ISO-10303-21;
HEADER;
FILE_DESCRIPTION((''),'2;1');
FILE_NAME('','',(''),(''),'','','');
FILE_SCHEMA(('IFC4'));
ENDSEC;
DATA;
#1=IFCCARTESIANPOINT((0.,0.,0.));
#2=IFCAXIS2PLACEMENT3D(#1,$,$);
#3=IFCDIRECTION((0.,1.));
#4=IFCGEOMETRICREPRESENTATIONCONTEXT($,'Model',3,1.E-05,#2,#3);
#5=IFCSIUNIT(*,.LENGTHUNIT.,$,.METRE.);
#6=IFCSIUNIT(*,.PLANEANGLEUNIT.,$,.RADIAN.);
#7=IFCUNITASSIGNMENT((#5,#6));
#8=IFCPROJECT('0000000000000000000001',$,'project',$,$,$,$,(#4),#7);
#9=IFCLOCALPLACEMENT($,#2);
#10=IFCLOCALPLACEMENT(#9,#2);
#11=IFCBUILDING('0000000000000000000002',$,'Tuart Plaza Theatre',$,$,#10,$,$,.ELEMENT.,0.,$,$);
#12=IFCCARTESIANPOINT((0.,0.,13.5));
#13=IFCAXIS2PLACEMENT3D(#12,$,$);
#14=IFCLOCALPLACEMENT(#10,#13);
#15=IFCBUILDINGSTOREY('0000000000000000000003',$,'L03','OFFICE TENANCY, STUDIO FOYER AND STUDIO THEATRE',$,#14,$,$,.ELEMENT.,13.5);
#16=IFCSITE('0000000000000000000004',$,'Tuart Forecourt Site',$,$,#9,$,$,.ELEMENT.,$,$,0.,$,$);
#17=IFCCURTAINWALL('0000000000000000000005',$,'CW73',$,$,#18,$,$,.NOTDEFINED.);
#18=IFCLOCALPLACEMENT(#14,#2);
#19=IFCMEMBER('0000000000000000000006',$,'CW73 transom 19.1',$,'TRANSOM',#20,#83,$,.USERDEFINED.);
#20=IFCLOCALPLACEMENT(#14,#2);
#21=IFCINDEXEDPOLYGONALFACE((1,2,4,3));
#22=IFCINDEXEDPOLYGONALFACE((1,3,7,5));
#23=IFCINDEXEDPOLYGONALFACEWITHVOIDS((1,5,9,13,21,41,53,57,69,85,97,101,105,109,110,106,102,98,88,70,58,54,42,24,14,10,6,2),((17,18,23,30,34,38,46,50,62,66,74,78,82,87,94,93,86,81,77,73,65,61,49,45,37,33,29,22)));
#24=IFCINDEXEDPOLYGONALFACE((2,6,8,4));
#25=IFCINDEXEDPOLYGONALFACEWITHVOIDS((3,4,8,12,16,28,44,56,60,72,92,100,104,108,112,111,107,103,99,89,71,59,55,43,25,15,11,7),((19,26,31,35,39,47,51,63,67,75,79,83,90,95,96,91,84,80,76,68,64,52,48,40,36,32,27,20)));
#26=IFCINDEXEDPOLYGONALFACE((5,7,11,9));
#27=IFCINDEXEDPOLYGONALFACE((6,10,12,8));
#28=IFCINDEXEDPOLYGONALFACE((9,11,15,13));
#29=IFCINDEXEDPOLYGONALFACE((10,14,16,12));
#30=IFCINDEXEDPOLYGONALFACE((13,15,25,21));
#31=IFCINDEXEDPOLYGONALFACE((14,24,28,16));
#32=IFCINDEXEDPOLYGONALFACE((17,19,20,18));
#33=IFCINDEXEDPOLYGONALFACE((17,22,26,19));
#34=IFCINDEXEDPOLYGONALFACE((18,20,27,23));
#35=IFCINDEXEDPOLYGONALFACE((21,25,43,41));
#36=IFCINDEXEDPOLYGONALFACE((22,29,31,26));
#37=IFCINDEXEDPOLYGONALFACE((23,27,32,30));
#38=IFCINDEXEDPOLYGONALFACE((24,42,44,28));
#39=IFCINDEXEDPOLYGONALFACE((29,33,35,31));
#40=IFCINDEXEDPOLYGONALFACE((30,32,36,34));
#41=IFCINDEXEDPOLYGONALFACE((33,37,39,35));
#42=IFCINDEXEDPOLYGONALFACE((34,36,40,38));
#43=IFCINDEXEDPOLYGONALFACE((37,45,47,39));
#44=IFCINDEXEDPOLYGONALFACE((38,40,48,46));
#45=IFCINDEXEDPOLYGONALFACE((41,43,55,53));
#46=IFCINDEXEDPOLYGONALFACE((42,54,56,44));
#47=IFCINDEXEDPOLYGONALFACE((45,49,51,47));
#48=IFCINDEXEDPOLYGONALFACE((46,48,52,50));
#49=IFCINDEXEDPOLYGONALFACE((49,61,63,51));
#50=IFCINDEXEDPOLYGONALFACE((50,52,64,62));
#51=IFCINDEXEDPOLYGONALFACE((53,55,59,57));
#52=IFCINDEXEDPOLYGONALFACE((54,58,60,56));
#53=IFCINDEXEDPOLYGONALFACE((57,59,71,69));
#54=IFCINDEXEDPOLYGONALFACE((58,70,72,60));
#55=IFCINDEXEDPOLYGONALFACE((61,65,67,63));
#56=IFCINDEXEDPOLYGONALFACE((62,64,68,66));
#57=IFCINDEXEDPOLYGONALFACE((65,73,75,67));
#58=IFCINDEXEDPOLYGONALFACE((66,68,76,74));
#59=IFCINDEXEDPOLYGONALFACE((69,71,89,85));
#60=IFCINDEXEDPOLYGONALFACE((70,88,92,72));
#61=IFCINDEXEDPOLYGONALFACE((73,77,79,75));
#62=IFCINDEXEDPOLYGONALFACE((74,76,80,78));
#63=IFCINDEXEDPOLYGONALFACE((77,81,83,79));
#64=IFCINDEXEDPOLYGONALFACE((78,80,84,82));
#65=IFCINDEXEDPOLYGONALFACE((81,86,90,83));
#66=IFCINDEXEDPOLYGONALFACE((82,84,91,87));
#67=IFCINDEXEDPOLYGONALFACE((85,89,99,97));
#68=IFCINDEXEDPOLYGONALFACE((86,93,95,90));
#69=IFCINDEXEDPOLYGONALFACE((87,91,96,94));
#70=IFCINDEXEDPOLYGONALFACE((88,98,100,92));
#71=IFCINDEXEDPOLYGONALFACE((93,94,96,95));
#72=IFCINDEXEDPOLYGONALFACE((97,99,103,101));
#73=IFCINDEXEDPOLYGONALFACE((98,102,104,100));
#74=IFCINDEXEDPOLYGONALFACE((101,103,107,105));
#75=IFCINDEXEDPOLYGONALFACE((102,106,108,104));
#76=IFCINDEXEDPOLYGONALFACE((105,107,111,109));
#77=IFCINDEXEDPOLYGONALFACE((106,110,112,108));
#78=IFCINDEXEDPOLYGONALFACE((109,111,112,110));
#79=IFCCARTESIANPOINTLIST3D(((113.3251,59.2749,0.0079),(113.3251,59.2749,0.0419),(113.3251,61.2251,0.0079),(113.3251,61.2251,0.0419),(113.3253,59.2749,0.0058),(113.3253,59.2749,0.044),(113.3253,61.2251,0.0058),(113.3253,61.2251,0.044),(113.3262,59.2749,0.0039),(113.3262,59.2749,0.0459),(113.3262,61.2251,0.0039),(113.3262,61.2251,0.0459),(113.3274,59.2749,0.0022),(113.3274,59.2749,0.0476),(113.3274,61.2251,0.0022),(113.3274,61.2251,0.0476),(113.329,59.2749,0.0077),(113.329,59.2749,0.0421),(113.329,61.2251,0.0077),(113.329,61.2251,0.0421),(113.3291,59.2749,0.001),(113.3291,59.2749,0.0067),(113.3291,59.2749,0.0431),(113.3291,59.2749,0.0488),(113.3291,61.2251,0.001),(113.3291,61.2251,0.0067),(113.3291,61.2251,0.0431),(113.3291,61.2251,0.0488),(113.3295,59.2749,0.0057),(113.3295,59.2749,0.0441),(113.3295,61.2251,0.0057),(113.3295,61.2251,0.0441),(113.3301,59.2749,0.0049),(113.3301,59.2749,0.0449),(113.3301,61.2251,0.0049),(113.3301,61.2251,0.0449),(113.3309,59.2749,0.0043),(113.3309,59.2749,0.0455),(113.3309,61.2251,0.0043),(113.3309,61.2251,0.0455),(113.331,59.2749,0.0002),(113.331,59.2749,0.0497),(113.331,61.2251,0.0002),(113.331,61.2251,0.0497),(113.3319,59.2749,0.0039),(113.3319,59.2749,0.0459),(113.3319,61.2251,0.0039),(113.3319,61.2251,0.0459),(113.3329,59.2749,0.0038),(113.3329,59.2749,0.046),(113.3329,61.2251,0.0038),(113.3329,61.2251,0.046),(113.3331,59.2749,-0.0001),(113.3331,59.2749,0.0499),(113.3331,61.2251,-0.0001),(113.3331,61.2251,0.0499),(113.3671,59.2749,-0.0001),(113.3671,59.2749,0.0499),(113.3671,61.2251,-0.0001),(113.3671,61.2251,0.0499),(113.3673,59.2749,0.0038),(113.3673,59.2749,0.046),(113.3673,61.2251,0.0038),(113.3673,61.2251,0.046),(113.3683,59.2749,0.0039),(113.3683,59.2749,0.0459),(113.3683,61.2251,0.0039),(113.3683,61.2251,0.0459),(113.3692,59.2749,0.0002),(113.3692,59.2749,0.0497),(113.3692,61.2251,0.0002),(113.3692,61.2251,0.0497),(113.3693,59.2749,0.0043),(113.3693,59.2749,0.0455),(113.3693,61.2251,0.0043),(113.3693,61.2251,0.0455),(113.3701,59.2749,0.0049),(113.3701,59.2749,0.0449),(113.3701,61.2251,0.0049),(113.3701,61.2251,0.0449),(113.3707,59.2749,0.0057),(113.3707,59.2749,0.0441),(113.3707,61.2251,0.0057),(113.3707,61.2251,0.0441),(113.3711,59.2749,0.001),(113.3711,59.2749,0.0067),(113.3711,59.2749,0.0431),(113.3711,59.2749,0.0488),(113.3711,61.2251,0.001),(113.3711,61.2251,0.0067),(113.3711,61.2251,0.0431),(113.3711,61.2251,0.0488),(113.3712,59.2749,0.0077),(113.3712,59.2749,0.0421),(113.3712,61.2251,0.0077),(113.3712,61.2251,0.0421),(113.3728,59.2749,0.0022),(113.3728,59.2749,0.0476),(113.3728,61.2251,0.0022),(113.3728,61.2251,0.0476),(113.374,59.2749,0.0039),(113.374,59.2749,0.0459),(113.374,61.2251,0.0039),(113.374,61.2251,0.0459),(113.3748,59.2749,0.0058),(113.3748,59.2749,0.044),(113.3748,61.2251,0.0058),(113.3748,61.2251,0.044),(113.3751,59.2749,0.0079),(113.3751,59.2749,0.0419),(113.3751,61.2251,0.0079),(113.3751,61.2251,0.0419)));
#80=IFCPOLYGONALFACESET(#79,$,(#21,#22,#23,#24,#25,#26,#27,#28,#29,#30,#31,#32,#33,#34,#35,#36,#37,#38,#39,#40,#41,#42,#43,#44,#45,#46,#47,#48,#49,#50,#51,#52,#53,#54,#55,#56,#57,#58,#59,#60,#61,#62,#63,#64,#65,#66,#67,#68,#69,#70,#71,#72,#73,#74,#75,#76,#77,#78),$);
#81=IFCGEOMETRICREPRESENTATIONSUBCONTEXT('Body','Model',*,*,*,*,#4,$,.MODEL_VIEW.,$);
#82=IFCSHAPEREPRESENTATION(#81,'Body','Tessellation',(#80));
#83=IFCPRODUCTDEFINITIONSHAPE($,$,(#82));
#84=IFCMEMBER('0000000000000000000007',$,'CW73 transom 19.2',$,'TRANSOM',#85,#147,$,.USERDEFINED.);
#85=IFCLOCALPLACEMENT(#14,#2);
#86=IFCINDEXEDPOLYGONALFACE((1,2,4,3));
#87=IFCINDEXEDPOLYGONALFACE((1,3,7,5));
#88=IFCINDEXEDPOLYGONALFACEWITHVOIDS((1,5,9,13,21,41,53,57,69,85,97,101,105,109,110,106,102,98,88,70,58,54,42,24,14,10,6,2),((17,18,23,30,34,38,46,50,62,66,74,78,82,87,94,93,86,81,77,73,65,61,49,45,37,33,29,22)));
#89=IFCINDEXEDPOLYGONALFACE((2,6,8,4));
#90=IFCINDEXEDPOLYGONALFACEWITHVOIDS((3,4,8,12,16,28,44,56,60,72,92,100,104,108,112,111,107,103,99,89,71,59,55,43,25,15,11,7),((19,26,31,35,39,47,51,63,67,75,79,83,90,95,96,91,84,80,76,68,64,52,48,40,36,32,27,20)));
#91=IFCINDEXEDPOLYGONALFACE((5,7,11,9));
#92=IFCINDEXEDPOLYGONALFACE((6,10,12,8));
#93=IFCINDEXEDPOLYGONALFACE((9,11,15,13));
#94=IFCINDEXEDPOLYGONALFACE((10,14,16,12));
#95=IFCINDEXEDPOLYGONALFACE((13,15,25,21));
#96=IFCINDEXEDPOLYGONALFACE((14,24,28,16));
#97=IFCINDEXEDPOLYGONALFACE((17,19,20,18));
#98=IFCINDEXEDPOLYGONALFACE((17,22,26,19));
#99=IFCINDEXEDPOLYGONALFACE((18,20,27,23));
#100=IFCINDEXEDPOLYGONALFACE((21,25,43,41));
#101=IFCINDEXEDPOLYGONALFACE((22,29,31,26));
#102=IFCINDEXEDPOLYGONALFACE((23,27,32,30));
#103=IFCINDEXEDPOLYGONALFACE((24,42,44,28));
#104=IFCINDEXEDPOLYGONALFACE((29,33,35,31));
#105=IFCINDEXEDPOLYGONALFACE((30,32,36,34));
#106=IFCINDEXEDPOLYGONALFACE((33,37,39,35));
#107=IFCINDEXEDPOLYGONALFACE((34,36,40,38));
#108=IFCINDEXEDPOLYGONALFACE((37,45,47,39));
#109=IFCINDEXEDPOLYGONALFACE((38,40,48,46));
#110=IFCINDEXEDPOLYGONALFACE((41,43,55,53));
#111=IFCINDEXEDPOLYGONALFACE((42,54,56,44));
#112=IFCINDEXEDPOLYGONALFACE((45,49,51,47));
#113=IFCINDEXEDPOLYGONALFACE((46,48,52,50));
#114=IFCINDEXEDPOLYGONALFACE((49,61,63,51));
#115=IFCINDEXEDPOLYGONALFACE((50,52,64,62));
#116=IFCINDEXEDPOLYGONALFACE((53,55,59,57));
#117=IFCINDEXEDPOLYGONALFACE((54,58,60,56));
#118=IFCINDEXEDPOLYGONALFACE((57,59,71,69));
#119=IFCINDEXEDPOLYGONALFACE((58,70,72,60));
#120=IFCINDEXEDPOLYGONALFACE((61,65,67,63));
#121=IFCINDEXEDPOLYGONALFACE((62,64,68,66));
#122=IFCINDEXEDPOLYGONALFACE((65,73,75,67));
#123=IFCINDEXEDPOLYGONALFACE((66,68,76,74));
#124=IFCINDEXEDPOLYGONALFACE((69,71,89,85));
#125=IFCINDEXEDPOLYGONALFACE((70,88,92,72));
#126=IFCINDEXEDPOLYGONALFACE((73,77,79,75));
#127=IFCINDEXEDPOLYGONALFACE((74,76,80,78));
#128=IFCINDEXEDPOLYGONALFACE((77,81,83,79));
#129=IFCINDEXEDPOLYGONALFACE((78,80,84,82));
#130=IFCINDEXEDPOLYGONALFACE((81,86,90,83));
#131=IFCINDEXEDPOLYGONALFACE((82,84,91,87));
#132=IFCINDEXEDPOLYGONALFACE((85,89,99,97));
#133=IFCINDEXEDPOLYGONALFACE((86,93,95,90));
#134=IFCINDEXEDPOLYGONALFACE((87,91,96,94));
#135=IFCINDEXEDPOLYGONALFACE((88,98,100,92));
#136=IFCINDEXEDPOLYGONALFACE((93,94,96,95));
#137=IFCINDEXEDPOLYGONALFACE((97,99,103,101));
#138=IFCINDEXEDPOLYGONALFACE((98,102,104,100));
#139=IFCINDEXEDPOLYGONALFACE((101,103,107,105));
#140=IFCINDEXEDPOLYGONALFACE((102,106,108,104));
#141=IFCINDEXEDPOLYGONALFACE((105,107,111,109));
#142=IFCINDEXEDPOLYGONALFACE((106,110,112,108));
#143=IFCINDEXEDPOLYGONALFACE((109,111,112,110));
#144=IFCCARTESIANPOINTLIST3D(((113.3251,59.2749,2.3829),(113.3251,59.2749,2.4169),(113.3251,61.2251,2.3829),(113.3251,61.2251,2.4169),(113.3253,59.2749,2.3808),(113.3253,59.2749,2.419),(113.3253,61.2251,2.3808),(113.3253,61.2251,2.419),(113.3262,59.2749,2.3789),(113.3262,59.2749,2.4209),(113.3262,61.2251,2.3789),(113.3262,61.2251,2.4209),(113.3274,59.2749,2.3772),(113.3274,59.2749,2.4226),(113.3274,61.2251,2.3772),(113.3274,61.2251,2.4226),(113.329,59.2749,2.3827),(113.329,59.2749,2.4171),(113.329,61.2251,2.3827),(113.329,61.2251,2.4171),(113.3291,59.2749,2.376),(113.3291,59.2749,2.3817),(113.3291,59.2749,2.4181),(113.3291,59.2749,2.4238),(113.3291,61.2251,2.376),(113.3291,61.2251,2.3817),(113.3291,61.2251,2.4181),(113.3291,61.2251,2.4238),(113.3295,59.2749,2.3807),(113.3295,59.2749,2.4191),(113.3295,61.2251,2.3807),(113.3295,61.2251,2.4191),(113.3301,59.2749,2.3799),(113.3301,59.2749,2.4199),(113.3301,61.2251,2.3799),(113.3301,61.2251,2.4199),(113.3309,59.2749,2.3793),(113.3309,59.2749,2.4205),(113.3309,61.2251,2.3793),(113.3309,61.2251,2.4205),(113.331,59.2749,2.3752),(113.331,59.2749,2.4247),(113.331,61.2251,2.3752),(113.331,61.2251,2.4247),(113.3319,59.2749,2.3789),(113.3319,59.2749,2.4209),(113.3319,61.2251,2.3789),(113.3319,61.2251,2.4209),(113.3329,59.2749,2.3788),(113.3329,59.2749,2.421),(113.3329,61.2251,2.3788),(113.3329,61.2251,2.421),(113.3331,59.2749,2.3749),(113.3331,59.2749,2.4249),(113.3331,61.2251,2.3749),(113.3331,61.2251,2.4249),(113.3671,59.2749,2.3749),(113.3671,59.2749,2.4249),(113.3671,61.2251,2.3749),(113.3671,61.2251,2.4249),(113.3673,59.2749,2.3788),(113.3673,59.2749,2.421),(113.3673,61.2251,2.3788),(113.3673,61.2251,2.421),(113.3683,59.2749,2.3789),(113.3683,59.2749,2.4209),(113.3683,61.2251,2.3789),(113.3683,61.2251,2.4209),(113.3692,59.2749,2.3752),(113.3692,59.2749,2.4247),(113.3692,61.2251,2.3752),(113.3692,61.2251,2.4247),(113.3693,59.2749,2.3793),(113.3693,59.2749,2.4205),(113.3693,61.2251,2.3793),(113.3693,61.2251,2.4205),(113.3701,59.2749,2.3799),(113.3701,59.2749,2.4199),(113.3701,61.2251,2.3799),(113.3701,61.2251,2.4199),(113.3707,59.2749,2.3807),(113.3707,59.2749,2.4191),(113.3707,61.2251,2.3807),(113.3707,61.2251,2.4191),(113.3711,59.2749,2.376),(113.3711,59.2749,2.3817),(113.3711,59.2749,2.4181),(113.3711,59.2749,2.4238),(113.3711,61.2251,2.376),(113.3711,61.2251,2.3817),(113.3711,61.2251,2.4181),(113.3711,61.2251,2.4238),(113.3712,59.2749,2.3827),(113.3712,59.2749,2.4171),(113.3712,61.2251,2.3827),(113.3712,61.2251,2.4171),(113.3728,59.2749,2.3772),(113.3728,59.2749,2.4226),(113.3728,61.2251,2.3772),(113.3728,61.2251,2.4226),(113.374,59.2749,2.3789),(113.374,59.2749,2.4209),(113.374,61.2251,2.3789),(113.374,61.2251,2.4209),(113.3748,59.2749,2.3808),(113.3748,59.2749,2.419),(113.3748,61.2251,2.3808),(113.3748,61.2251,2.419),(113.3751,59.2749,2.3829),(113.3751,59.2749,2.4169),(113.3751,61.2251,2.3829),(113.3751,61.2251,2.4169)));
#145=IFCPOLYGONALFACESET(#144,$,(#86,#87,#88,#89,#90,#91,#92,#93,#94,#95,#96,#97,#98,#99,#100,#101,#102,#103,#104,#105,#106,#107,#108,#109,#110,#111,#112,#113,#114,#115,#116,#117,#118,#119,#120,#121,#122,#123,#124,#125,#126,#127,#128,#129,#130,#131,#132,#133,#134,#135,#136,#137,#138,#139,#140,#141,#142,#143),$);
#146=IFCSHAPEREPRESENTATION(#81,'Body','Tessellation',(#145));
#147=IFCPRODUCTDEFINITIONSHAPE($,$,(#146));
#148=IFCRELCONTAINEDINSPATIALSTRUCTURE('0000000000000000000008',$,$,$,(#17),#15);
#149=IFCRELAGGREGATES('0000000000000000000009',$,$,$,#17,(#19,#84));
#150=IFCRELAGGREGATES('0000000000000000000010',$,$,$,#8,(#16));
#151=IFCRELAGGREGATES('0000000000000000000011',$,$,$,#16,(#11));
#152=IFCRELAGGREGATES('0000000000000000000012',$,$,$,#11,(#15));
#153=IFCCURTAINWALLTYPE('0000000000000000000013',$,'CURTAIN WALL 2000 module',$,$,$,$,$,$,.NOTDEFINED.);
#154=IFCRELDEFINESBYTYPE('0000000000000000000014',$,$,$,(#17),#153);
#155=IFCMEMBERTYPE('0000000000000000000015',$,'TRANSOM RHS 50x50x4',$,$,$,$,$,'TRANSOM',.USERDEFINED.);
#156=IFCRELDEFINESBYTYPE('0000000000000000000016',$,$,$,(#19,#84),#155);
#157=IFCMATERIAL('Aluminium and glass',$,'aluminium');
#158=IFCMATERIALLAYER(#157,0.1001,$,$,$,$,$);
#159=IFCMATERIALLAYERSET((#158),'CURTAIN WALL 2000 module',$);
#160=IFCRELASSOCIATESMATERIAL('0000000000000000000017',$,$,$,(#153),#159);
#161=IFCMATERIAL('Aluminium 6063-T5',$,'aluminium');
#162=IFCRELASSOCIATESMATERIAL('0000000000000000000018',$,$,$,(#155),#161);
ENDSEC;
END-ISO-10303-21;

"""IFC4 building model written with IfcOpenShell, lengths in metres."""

from ifc_helpers import new_model, si_unit, direction, frame, origin, origin_2d, place, context, subcontext, project, spatial, hollow_rectangle, extrude, material, layer, layer_set, material_profile, profile_set, type_object, element, aggregate, save


model = new_model("IFC4")

# Units and contexts
model_context = context("Model", 3, precision=1e-05, world=origin(), true_north=direction((0.0, 1.0)))
body_context = subcontext(model_context, "Body", "Model", "MODEL_VIEW")
ifc_project = project(units=[si_unit("LENGTHUNIT", "METRE"), si_unit("PLANEANGLEUNIT", "RADIAN")], contexts=[model_context])

# Site, building, storey
site_placement = place(None, origin())
site = spatial("IfcSite", under=ifc_project, at=site_placement, Name="Tuart Forecourt Site", CompositionType="ELEMENT", RefElevation=0.0)
building_placement = place(site_placement, origin())
building = spatial("IfcBuilding", under=site, at=building_placement, Name="Tuart Plaza Theatre", CompositionType="ELEMENT", ElevationOfRefHeight=0.0)
storey_placement = place(building_placement, frame((0.0, 0.0, 13.5)))
storey = spatial("IfcBuildingStorey", under=building, at=storey_placement, Name="L03", Description="OFFICE TENANCY, STUDIO FOYER AND STUDIO THEATRE", CompositionType="ELEMENT", Elevation=13.5)

# Curtain wall, members
ifc_material_1 = material(Name="Aluminium and glass", Category="aluminium")
ifc_layer_1 = layer(ifc_material_1, 0.1001)
ifc_layer_set_1 = layer_set([ifc_layer_1], Name="CURTAIN WALL 2000 module")
curtain_wall_type = type_object("IfcCurtainWallType", Name="CURTAIN WALL 2000 module", PredefinedType="NOTDEFINED", material=ifc_layer_set_1)
curtain_wall_placement = place(storey_placement, origin())
curtain_wall = element("IfcCurtainWall", 1, at=curtain_wall_placement, inside=storey, type_object=curtain_wall_type, Name="CW73", PredefinedType="NOTDEFINED")
ifc_material_2 = material(Name="Aluminium 6063-T5", Category="aluminium")
ifc_material_profile_1 = material_profile(ifc_material_2, hollow_rectangle(XDim=0.05, YDim=0.05, WallThickness=0.0039, InnerFilletRadius=0.0039, OuterFilletRadius=0.0081, at=origin_2d()), Name="RHS 50x50x4")
ifc_profile_set_1 = profile_set([ifc_material_profile_1], Name="Aluminium 6063-T5")
member_type_1 = type_object("IfcMemberType", Name="TRANSOM RHS 50x50x4", ElementType="TRANSOM", PredefinedType="USERDEFINED", material=ifc_profile_set_1)
member_1_placement = place(storey_placement, frame((113.3501, 61.2251, 0.0249), z_axis=(0.0, -1.0, 0.0), x_axis=(1.0, 0.0, 0.0)))
member_1 = element("IfcMember", 2, at=member_1_placement, type_object=member_type_1, Name="CW73 transom 19.1", ObjectType="TRANSOM", PredefinedType="USERDEFINED", context=body_context, shape_type="SweptSolid", body=[
    extrude(hollow_rectangle(XDim=0.05, YDim=0.05, WallThickness=0.0039, InnerFilletRadius=0.0039, OuterFilletRadius=0.0081, at=origin_2d()), origin(), (0.0, 0.0, 1.0), 1.9502),
])
member_2_placement = place(storey_placement, frame((113.3501, 61.2251, 2.3999), z_axis=(0.0, -1.0, 0.0), x_axis=(1.0, 0.0, 0.0)))
member_2 = element("IfcMember", 3, at=member_2_placement, type_object=member_type_1, Name="CW73 transom 19.2", ObjectType="TRANSOM", PredefinedType="USERDEFINED", context=body_context, shape_type="SweptSolid", body=[
    extrude(hollow_rectangle(XDim=0.05, YDim=0.05, WallThickness=0.0039, InnerFilletRadius=0.0039, OuterFilletRadius=0.0081, at=origin_2d()), origin(), (0.0, 0.0, 1.0), 1.9502),
])
aggregate(curtain_wall, [member_1, member_2])

save(model, "model.ifc")
